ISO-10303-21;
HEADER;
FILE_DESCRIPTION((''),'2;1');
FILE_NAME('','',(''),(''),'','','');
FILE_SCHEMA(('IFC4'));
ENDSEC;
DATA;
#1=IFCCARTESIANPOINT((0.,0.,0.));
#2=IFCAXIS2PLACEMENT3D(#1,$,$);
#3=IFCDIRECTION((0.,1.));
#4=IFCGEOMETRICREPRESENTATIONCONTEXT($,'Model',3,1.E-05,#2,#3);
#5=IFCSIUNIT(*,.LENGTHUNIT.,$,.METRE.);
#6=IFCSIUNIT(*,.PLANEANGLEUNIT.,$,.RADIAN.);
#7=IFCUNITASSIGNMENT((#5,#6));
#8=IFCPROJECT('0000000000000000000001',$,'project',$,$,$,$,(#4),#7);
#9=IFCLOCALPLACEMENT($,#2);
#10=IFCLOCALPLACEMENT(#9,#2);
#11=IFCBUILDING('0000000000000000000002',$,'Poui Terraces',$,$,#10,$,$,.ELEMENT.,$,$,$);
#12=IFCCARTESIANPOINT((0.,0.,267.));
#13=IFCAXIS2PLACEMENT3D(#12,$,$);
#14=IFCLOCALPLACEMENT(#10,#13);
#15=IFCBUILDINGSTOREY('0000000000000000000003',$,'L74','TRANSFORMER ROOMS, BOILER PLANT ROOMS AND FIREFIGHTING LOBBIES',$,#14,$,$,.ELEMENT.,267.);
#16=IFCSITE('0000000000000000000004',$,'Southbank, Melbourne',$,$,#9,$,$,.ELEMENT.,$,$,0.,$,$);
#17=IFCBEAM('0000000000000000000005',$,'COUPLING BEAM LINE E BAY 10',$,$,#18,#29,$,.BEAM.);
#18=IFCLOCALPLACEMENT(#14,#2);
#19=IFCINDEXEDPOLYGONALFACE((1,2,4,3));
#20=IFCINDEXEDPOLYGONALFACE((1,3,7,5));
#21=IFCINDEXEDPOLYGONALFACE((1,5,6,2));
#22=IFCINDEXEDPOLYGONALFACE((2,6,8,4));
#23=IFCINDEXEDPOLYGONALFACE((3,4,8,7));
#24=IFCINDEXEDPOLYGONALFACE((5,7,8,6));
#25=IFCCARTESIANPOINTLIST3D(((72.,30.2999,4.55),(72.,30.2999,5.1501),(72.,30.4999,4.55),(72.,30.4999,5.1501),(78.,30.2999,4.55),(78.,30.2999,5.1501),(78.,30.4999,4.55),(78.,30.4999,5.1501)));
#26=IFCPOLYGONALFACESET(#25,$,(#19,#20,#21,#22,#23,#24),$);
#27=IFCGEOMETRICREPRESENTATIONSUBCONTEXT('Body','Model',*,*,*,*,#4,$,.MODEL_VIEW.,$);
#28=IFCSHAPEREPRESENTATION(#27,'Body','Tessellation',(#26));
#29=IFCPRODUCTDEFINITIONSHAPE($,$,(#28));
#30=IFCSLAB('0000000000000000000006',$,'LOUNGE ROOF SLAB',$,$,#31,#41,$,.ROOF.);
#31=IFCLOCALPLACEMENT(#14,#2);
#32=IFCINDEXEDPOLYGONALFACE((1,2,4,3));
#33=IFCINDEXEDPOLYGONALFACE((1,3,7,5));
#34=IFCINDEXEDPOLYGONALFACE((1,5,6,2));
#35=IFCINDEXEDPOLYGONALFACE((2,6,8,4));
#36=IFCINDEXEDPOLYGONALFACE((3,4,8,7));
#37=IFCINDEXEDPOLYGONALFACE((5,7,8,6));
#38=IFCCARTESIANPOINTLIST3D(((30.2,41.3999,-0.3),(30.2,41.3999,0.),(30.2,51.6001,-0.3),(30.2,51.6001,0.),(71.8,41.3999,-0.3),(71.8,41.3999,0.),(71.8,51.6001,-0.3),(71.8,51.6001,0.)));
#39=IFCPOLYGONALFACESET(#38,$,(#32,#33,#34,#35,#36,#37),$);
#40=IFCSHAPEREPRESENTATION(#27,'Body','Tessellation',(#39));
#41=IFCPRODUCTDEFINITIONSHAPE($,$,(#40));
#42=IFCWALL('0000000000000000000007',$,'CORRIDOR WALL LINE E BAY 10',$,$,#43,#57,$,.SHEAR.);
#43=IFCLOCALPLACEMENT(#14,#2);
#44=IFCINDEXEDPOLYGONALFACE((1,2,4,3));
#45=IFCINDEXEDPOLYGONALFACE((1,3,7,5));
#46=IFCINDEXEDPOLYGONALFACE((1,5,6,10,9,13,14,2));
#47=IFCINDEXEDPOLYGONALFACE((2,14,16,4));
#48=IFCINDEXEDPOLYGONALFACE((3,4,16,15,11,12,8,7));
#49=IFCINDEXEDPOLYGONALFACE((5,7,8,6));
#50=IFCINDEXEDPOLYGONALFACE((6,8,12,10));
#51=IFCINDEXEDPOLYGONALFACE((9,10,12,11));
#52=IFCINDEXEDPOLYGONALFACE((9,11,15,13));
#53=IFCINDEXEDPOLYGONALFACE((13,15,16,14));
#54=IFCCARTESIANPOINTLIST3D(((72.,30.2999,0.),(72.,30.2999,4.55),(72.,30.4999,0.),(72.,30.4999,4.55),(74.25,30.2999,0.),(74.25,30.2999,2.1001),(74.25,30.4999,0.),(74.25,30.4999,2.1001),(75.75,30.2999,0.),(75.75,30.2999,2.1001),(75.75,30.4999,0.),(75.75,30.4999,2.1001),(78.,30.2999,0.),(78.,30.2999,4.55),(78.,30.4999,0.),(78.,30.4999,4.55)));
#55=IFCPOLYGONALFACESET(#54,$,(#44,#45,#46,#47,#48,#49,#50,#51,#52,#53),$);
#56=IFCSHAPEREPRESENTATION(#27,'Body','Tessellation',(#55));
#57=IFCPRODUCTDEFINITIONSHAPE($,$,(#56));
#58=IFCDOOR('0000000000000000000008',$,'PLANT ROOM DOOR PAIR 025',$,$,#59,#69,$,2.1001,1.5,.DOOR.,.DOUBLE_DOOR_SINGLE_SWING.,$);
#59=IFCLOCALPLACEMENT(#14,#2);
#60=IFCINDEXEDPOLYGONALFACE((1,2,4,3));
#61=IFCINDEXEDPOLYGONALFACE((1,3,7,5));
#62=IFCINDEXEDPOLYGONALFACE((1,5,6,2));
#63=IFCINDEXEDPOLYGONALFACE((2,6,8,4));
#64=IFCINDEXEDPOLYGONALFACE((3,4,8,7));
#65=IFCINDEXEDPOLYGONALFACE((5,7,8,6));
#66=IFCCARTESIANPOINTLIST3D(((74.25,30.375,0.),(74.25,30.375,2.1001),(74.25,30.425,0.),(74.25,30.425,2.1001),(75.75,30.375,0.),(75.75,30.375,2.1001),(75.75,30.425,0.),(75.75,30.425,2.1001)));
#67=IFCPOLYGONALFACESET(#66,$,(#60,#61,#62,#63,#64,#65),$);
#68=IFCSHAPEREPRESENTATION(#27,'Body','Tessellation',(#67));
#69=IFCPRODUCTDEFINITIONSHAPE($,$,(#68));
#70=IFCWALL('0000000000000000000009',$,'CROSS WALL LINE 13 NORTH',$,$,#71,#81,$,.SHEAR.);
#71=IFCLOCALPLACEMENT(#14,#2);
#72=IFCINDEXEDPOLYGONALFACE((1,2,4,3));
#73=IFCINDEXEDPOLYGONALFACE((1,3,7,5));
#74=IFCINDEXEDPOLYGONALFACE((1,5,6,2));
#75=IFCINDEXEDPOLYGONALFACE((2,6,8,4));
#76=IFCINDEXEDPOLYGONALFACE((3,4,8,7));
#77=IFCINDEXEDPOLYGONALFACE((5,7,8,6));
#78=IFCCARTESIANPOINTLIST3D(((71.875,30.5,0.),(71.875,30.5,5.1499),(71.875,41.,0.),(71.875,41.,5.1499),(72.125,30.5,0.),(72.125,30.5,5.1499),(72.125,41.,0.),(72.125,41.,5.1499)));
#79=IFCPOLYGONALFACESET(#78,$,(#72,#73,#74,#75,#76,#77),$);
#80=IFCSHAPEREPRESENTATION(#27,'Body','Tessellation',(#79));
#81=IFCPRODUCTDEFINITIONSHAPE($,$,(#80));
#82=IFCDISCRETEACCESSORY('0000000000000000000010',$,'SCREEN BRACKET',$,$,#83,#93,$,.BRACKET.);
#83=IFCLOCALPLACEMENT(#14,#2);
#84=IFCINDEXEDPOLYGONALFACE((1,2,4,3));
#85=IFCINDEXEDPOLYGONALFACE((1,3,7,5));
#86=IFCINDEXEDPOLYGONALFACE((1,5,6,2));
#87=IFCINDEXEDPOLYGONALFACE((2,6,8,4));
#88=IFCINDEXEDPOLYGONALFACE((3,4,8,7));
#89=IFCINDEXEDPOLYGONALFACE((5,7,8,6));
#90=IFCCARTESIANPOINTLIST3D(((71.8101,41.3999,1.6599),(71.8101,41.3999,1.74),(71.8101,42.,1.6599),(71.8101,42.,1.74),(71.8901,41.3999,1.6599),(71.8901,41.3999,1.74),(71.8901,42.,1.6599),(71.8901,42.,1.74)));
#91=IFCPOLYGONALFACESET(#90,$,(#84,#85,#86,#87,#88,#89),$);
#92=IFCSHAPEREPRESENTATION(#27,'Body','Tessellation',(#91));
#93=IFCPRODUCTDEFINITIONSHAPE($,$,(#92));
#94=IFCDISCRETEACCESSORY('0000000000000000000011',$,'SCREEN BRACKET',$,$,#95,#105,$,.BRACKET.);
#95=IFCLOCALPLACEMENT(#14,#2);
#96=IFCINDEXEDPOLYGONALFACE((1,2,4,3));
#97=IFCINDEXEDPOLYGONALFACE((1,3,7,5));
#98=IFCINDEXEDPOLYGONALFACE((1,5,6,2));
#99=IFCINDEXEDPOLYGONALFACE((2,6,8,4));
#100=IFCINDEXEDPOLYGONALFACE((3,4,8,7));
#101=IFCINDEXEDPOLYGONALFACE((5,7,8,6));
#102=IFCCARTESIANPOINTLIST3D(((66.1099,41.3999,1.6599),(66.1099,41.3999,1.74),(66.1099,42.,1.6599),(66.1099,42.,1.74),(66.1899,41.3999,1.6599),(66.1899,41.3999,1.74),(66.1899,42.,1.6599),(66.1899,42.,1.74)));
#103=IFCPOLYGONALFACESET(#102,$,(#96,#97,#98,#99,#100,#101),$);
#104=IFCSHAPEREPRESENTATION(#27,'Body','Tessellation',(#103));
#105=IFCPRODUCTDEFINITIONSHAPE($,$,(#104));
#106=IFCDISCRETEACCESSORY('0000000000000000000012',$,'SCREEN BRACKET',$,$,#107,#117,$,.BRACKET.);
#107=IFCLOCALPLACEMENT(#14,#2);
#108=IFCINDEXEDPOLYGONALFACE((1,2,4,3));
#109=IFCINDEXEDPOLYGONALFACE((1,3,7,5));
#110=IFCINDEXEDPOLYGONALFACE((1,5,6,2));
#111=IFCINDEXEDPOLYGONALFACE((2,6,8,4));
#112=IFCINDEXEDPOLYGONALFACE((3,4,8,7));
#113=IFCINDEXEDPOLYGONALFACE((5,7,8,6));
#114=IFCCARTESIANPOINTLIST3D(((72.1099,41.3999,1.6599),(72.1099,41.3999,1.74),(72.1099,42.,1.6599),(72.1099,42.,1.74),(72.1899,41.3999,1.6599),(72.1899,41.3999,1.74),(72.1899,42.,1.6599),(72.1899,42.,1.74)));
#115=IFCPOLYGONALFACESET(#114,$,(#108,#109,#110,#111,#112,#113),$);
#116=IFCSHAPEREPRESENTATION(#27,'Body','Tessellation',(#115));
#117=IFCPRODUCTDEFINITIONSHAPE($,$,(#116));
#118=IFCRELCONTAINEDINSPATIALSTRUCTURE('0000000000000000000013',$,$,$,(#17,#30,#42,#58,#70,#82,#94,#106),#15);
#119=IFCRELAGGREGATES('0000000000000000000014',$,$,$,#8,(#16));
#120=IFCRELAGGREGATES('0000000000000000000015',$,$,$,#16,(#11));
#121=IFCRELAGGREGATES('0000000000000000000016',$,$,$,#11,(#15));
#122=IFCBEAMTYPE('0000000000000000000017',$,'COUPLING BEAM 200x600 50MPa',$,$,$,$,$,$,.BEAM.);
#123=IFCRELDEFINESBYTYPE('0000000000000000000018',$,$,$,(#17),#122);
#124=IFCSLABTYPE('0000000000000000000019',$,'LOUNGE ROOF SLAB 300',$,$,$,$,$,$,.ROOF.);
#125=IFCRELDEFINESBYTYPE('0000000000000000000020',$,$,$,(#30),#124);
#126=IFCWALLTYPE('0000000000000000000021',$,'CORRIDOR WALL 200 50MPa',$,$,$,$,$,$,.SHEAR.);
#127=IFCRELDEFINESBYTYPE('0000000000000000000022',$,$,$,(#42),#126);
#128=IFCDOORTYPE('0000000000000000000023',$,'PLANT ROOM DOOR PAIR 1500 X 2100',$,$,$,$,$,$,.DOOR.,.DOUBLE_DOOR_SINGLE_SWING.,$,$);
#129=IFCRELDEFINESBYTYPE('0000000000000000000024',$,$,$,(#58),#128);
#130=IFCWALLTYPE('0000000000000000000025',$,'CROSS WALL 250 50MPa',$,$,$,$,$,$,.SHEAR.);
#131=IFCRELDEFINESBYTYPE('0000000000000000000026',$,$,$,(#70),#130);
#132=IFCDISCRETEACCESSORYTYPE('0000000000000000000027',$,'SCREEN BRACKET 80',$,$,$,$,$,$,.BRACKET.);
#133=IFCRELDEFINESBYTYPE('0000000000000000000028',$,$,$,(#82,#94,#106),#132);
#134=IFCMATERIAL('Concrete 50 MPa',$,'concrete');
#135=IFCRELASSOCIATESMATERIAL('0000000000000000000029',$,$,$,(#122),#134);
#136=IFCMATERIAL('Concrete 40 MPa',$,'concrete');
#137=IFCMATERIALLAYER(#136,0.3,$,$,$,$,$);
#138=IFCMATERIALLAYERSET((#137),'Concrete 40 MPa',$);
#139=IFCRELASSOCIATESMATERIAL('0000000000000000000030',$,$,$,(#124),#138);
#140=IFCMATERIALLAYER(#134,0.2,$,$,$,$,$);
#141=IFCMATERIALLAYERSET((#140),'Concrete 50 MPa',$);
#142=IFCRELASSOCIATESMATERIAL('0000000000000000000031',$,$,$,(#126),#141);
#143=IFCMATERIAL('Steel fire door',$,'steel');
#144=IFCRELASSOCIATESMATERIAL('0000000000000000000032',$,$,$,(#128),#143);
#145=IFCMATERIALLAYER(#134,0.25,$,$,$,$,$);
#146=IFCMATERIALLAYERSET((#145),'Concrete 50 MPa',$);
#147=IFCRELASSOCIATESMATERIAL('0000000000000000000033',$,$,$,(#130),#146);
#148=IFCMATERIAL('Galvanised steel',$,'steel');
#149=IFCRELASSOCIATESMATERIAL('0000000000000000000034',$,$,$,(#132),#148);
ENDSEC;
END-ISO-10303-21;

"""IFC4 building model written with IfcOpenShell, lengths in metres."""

from ifc_helpers import new_model, si_unit, direction, frame, frame_2d, origin, origin_2d, place, context, subcontext, project, spatial, polyline, rectangle, outline, extrude, source, transform, mapped, material, layer, layer_set, material_profile, profile_set, type_object, element, fill, save


model = new_model("IFC4")

# Units and contexts
model_context = context("Model", 3, precision=1e-05, world=origin(), true_north=direction((0.0, 1.0)))
body_context = subcontext(model_context, "Body", "Model", "MODEL_VIEW")
ifc_project = project(units=[si_unit("LENGTHUNIT", "METRE"), si_unit("PLANEANGLEUNIT", "RADIAN")], contexts=[model_context])

# Site, building, storey
site_placement = place(None, origin())
site = spatial("IfcSite", under=ifc_project, at=site_placement, Name="Southbank, Melbourne", CompositionType="ELEMENT", RefElevation=0.0)
building_placement = place(site_placement, origin())
building = spatial("IfcBuilding", under=site, at=building_placement, Name="Poui Terraces", CompositionType="ELEMENT")
storey_placement = place(building_placement, frame((0.0, 0.0, 267.0)))
storey = spatial("IfcBuildingStorey", under=building, at=storey_placement, Name="L74", Description="TRANSFORMER ROOMS, BOILER PLANT ROOMS AND FIREFIGHTING LOBBIES", CompositionType="ELEMENT", Elevation=267.0)

# Beam
ifc_material_1 = material(Name="Concrete 50 MPa", Category="concrete")
ifc_material_profile_1 = material_profile(ifc_material_1, rectangle(XDim=0.2, YDim=0.6001, at=origin_2d()), Name="RC 200x600")
ifc_profile_set_1 = profile_set([ifc_material_profile_1], Name="Concrete 50 MPa")
beam_type = type_object("IfcBeamType", Name="COUPLING BEAM 200x600 50MPa", PredefinedType="BEAM", material=ifc_profile_set_1)
shared_shape_1 = source(origin(), body_context, "Body", "SweptSolid", [
    extrude(rectangle(XDim=0.2, YDim=0.6001, at=origin_2d()), origin(), (0.0, 0.0, 1.0), 6.0),
])
beam_placement = place(storey_placement, frame((72.0, 30.3999, 4.8501), z_axis=(1.0, 0.0, 0.0), x_axis=(0.0, 1.0, 0.0)))
element("IfcBeam", 1, at=beam_placement, inside=storey, type_object=beam_type, Name="COUPLING BEAM LINE E BAY 10", PredefinedType="BEAM", context=body_context, shape_type="MappedRepresentation", body=[
    mapped(shared_shape_1, transform((0.0, 0.0, 0.0))),
])

# Slab
ifc_material_2 = material(Name="Concrete 40 MPa", Category="concrete")
ifc_layer_1 = layer(ifc_material_2, 0.3)
ifc_layer_set_1 = layer_set([ifc_layer_1], Name="Concrete 40 MPa")
slab_type = type_object("IfcSlabType", Name="LOUNGE ROOF SLAB 300", PredefinedType="ROOF", material=ifc_layer_set_1)
shared_shape_2 = source(origin(), body_context, "Body", "SweptSolid", [
    extrude(outline(polyline([(0.0, 0.0), (0.0, 10.2002), (-41.6001, 10.2002), (-41.6001, 0.0), (0.0, 0.0)])), origin(), (0.0, 0.0, 1.0), 0.3),
])
slab_placement = place(storey_placement, frame((71.8, 41.3999, -0.3)))
element("IfcSlab", 2, at=slab_placement, inside=storey, type_object=slab_type, Name="LOUNGE ROOF SLAB", PredefinedType="ROOF", context=body_context, shape_type="MappedRepresentation", body=[
    mapped(shared_shape_2, transform((0.0, 0.0, 0.0))),
])

# Wall, opening, door
ifc_layer_2 = layer(ifc_material_1, 0.2)
ifc_layer_set_2 = layer_set([ifc_layer_2], Name="Concrete 50 MPa")
wall_type_1 = type_object("IfcWallType", Name="CORRIDOR WALL 200 50MPa", PredefinedType="SHEAR", material=ifc_layer_set_2)
wall_1_placement = place(storey_placement, frame((72.0, 30.3999, 0.0), z_axis=(0.0, 0.0, 1.0), x_axis=(1.0, 0.0, 0.0)))
wall_1 = element("IfcWall", 3, at=wall_1_placement, inside=storey, type_object=wall_type_1, Name="CORRIDOR WALL LINE E BAY 10", PredefinedType="SHEAR", context=body_context, shape_type="SweptSolid", body=[
    extrude(rectangle(XDim=6.0, YDim=0.2, at=frame_2d((3.0, 0.0))), origin(), (0.0, 0.0, 1.0), 4.55),
])
opening_placement = place(wall_1_placement, frame((2.25, 0.0, 0.0)))
opening = element("IfcOpeningElement", 4, at=opening_placement, cuts=wall_1, PredefinedType="OPENING", context=body_context, shape_type="SweptSolid", body=[
    extrude(rectangle(XDim=1.5, YDim=2.1001, at=frame_2d((0.75, 1.05))), frame((0.0, 0.1099, 0.0), z_axis=(0.0, -1.0, 0.0), x_axis=(1.0, 0.0, 0.0)), (0.0, 0.0, 1.0), 0.22),
])
ifc_material_3 = material(Name="Steel fire door", Category="steel")
door_type = type_object("IfcDoorType", Name="PLANT ROOM DOOR PAIR 1500 X 2100", OperationType="DOUBLE_DOOR_SINGLE_SWING", PredefinedType="DOOR", material=ifc_material_3)
door_placement = place(opening_placement, frame((1.5, 0.0, 0.0), z_axis=(0.0, 0.0, 1.0), x_axis=(-1.0, 0.0, 0.0)))
door = element("IfcDoor", 5, at=door_placement, inside=storey, type_object=door_type, Name="PLANT ROOM DOOR PAIR 025", OperationType="DOUBLE_DOOR_SINGLE_SWING", OverallHeight=2.1001, OverallWidth=1.5, PredefinedType="DOOR", context=body_context, shape_type="SweptSolid", body=[
    extrude(rectangle(XDim=1.5, YDim=2.1001, at=frame_2d((0.75, 1.05))), frame((0.0, 0.0249, 0.0), z_axis=(0.0, -1.0, 0.0), x_axis=(1.0, 0.0, 0.0)), (0.0, 0.0, 1.0), 0.05),
])
fill(opening, door)

# Wall
ifc_layer_3 = layer(ifc_material_1, 0.25)
ifc_layer_set_3 = layer_set([ifc_layer_3], Name="Concrete 50 MPa")
wall_type_2 = type_object("IfcWallType", Name="CROSS WALL 250 50MPa", PredefinedType="SHEAR", material=ifc_layer_set_3)
wall_2_placement = place(storey_placement, frame((72.0, 30.5, 0.0), z_axis=(0.0, 0.0, 1.0), x_axis=(0.0, 1.0, 0.0)))
element("IfcWall", 6, at=wall_2_placement, inside=storey, type_object=wall_type_2, Name="CROSS WALL LINE 13 NORTH", PredefinedType="SHEAR", context=body_context, shape_type="SweptSolid", body=[
    extrude(rectangle(XDim=10.5, YDim=0.25, at=frame_2d((5.25, 0.0))), origin(), (0.0, 0.0, 1.0), 5.1499),
])

# Discrete accessories
ifc_material_4 = material(Name="Galvanised steel", Category="steel")
ifc_material_profile_2 = material_profile(ifc_material_4, rectangle(XDim=0.0801, YDim=0.0801, at=origin_2d()), Name="SCREEN BRACKET 80")
ifc_profile_set_2 = profile_set([ifc_material_profile_2], Name="Galvanised steel")
discrete_accessory_type = type_object("IfcDiscreteAccessoryType", Name="SCREEN BRACKET 80", PredefinedType="BRACKET", material=ifc_profile_set_2)
shared_shape_3 = source(origin(), body_context, "Body", "SweptSolid", [
    extrude(rectangle(XDim=0.0801, YDim=0.0801, at=origin_2d()), origin(), (0.0, 0.0, 1.0), 0.6001),
])
for number, where, z_axis, x_axis, name in (
    (7, (71.8501, 41.3999, 1.7), (0.0, 1.0, 0.0), (-1.0, 0.0, 0.0), "SCREEN BRACKET"),
    (8, (66.1499, 41.3999, 1.7), (0.0, 1.0, 0.0), (-1.0, 0.0, 0.0), "SCREEN BRACKET"),
    (9, (72.1499, 41.3999, 1.7), (0.0, 1.0, 0.0), (-1.0, 0.0, 0.0), "SCREEN BRACKET"),
):
    element("IfcDiscreteAccessory", number, at=place(storey_placement, frame(where, z_axis=z_axis, x_axis=x_axis)), inside=storey, type_object=discrete_accessory_type, Name=name, PredefinedType="BRACKET", context=body_context, shape_type="MappedRepresentation", body=[
        mapped(shared_shape_3, transform((0.0, 0.0, 0.0))),
    ])

save(model, "model.ifc")
